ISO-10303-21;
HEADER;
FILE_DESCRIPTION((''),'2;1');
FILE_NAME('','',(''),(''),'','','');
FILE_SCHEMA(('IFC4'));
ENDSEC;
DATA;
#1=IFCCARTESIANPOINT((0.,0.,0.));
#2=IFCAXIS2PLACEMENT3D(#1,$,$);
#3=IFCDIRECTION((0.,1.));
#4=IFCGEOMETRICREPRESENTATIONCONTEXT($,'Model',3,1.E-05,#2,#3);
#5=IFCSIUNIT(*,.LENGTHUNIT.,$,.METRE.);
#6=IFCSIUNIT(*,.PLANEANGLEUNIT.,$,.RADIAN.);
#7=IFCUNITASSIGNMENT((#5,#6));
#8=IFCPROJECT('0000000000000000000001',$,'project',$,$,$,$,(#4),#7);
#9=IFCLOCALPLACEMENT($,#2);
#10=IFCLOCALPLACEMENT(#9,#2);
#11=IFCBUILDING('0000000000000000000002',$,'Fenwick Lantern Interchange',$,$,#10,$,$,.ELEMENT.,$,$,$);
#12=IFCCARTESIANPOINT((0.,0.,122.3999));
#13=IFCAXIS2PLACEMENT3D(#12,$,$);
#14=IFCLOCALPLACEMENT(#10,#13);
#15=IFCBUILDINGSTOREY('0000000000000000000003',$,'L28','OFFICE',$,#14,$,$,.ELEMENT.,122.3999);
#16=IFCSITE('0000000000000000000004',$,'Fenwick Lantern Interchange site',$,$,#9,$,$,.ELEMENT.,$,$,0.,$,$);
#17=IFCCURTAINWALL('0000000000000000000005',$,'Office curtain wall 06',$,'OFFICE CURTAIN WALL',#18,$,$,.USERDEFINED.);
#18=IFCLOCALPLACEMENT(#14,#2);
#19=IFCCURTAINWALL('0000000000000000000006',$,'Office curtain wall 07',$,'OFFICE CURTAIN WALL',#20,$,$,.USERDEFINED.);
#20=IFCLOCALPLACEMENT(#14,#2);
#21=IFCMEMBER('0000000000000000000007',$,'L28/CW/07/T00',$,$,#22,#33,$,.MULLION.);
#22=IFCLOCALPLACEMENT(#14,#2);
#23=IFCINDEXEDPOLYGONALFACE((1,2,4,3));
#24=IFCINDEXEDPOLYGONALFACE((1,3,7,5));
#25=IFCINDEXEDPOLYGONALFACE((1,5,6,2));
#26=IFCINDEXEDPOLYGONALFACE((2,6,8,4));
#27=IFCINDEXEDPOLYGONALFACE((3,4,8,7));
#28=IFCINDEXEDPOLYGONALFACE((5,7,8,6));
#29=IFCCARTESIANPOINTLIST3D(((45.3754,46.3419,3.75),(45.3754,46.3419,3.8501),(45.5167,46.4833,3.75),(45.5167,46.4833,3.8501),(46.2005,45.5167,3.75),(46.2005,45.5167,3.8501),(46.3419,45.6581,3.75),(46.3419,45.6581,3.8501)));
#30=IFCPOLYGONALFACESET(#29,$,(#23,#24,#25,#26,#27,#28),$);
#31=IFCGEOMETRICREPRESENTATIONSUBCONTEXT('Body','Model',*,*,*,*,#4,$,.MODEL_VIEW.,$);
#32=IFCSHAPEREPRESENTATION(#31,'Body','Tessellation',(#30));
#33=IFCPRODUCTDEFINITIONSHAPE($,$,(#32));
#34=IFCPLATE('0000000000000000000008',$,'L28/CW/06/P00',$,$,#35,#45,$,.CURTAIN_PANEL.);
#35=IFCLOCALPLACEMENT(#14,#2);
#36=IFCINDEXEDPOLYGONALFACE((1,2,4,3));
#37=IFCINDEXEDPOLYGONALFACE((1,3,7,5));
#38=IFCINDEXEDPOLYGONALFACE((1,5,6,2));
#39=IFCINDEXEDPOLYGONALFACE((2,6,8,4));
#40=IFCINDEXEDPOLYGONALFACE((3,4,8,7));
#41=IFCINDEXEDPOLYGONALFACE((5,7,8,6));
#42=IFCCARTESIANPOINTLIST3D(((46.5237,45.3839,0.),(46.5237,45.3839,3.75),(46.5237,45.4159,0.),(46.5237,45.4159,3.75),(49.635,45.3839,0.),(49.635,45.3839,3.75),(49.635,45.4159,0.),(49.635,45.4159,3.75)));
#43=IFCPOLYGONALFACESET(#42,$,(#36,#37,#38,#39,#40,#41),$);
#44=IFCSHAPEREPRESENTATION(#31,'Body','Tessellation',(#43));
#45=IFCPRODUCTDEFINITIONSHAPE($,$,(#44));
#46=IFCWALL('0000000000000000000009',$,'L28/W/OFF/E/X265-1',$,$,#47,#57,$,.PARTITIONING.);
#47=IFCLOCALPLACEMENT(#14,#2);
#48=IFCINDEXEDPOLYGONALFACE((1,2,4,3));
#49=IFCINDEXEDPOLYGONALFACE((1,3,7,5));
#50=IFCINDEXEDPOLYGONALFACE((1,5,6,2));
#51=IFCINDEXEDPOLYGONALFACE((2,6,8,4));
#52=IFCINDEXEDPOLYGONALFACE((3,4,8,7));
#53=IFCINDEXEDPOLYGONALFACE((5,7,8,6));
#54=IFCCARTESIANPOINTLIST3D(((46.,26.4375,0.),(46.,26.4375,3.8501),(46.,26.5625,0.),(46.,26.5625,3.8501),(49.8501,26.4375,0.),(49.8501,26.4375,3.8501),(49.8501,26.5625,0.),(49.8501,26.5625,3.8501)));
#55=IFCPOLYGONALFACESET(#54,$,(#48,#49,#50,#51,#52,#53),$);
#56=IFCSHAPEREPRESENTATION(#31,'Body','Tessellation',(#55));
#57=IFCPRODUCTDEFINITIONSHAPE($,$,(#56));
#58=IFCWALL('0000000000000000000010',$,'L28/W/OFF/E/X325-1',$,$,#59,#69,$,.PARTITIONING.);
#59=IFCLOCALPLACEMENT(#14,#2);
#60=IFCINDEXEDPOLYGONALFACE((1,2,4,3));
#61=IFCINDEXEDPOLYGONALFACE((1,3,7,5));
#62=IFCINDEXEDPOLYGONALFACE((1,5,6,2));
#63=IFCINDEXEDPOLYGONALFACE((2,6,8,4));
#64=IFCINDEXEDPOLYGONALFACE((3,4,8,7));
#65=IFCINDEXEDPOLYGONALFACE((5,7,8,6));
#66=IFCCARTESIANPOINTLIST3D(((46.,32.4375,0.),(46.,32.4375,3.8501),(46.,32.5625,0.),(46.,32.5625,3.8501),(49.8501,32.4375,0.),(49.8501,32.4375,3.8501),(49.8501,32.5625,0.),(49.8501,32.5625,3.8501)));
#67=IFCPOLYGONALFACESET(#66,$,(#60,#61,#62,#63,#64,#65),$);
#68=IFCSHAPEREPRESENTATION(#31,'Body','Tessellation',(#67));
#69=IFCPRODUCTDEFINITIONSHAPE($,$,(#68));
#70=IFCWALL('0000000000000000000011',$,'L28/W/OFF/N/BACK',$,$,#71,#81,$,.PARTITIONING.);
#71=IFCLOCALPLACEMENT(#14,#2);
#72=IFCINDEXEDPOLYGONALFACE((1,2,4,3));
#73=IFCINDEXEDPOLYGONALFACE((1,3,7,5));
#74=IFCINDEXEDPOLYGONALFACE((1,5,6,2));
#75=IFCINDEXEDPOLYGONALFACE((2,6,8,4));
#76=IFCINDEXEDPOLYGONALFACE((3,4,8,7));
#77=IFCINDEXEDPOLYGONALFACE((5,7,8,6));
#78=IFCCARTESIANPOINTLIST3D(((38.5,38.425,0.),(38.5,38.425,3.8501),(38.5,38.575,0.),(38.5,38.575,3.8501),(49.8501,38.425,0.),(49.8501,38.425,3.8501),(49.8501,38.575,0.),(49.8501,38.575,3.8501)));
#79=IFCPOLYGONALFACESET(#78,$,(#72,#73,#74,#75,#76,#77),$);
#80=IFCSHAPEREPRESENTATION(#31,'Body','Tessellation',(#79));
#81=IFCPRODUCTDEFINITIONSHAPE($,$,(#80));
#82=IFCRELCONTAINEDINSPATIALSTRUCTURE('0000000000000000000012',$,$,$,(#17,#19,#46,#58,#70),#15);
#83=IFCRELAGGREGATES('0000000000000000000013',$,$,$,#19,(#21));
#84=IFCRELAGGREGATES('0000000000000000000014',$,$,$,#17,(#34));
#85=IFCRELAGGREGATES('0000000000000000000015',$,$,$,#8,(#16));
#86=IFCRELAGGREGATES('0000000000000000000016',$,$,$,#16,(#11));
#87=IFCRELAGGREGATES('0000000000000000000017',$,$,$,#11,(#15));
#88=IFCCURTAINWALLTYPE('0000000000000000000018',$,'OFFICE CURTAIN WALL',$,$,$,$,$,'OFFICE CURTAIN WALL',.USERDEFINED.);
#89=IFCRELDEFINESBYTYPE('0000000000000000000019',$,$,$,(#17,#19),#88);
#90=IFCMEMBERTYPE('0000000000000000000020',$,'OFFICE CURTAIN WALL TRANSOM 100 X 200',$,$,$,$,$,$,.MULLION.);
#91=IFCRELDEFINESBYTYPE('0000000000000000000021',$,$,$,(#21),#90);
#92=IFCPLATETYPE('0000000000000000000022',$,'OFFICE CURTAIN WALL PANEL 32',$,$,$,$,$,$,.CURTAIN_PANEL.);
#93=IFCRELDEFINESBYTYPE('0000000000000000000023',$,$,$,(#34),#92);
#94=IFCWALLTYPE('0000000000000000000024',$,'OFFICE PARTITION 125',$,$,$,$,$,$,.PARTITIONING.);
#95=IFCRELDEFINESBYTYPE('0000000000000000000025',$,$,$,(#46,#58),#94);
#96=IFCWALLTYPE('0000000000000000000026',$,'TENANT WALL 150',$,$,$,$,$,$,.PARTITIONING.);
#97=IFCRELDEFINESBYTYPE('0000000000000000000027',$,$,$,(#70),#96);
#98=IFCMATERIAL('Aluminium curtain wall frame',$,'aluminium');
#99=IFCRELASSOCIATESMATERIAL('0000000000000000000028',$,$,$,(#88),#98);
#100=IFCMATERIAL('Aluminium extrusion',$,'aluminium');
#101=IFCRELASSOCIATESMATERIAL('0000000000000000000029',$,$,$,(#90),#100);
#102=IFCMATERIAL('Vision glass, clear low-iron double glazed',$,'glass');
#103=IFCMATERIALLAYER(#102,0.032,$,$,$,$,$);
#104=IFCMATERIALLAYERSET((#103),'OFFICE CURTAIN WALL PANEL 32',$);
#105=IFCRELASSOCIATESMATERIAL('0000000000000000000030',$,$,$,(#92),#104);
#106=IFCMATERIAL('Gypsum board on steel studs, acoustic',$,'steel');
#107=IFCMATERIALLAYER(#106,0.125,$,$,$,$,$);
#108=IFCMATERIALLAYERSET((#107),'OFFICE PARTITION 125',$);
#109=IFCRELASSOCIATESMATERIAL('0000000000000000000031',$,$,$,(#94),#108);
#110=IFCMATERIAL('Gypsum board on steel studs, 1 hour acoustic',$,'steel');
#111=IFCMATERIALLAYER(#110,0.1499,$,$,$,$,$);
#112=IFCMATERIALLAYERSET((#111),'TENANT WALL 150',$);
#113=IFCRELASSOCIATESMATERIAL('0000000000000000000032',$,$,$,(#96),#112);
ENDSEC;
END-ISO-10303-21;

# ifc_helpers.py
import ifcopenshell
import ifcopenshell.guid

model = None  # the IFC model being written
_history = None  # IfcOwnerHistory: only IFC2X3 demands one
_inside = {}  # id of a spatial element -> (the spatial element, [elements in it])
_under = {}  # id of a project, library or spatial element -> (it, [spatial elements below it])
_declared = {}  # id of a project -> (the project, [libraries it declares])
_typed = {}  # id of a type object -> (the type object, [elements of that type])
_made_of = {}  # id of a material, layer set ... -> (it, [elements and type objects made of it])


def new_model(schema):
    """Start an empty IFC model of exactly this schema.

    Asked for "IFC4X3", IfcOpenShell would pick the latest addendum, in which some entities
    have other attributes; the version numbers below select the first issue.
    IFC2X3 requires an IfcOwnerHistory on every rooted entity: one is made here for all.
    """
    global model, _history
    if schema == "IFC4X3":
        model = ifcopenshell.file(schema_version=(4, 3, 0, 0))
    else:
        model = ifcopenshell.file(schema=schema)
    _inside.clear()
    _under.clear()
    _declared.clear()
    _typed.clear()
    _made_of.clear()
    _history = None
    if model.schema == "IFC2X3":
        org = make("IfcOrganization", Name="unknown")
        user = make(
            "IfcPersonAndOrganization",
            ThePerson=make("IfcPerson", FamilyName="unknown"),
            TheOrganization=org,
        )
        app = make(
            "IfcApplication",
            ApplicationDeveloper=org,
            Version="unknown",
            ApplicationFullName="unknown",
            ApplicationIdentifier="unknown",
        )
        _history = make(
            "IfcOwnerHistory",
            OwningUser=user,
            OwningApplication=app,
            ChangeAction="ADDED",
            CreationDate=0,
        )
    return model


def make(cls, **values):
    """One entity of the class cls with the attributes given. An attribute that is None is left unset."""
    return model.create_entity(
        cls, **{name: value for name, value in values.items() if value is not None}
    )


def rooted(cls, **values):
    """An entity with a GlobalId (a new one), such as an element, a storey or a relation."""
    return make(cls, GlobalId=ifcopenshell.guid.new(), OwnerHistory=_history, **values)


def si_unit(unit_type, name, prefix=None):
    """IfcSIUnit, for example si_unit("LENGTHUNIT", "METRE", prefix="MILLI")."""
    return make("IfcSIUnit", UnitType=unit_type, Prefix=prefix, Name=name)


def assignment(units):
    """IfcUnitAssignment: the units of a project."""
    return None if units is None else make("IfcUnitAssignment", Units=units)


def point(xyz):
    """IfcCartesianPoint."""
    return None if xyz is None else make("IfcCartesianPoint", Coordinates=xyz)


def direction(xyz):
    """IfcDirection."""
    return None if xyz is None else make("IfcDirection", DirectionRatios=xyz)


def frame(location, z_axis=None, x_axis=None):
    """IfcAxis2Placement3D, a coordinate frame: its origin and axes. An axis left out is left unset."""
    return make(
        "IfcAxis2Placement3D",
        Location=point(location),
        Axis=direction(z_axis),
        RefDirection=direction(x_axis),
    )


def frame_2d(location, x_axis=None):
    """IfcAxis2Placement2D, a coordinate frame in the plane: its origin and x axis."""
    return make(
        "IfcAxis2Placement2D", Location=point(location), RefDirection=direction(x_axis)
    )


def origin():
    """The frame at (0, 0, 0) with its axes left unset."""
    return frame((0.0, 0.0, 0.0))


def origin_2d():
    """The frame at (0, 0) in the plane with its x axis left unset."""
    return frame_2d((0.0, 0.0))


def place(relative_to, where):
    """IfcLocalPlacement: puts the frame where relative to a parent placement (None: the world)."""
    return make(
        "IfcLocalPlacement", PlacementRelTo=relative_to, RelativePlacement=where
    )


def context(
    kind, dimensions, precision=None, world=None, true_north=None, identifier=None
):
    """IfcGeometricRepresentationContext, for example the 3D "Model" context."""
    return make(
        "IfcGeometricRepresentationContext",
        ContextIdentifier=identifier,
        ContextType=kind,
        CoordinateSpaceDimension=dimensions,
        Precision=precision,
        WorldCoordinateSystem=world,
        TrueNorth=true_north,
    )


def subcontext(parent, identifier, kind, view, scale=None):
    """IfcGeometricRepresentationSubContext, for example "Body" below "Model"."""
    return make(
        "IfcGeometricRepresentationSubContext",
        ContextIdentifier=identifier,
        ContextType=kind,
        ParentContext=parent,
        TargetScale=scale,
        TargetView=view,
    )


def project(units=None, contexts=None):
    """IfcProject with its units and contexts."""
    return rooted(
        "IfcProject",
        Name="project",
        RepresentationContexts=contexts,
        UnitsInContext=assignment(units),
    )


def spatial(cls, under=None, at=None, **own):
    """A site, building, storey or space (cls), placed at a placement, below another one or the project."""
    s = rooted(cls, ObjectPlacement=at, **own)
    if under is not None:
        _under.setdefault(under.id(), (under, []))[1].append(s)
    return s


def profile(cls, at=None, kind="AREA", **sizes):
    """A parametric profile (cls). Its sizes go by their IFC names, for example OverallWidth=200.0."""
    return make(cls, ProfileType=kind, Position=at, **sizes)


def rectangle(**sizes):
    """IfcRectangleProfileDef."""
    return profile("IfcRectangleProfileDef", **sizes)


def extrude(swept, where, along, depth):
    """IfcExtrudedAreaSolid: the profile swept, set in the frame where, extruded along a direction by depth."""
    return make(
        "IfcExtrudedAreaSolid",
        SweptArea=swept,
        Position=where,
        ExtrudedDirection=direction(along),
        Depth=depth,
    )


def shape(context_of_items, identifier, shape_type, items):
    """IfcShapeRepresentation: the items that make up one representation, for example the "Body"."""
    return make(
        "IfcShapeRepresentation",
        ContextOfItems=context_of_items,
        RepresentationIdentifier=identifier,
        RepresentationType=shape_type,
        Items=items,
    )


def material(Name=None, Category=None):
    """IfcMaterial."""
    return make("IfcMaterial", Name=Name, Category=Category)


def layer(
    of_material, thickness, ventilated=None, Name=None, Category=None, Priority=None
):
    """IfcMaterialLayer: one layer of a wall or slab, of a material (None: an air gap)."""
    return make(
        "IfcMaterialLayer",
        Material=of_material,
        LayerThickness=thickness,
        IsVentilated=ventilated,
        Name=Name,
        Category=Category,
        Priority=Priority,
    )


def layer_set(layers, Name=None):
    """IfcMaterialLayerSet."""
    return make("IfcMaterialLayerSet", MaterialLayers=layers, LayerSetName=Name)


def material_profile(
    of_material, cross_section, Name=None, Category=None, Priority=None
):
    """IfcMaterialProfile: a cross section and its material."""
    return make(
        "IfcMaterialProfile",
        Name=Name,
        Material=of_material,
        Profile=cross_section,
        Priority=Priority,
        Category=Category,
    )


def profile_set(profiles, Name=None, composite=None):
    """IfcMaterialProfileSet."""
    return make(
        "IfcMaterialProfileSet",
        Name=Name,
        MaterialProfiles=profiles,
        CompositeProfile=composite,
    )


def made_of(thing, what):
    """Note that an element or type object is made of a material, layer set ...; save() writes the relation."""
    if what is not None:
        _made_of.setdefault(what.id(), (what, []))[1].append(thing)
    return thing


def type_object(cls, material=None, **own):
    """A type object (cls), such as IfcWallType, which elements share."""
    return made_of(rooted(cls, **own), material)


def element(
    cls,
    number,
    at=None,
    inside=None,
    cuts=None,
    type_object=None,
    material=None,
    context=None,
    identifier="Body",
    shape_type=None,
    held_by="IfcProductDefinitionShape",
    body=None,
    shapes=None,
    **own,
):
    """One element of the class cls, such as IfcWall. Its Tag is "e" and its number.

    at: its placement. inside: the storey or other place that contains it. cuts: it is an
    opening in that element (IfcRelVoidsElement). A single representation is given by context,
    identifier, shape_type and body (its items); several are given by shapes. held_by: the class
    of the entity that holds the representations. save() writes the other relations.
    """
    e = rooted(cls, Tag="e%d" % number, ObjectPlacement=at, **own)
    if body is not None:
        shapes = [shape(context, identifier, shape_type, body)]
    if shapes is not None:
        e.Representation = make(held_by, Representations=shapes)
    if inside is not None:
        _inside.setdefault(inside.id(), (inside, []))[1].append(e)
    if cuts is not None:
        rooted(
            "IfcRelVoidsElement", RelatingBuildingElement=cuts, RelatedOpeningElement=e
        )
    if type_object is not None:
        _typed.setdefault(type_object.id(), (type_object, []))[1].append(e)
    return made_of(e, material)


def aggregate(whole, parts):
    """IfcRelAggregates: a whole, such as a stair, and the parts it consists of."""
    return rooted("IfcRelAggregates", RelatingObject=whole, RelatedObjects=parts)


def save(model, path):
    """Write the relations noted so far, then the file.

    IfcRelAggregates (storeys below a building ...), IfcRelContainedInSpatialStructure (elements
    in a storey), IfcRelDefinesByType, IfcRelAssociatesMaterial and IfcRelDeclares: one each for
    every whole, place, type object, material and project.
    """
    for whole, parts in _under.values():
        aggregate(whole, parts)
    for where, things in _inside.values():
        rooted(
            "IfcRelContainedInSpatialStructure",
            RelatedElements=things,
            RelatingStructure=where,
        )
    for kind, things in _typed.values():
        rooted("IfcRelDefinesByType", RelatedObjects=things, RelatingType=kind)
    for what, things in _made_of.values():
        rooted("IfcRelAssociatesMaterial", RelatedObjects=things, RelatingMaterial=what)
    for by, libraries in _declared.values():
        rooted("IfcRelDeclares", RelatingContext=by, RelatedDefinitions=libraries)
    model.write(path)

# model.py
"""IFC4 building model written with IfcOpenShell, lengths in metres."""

from ifc_helpers import new_model, si_unit, direction, frame, frame_2d, origin, origin_2d, place, context, subcontext, project, spatial, rectangle, extrude, material, layer, layer_set, material_profile, profile_set, type_object, element, aggregate, save


model = new_model("IFC4")

# Units and contexts
model_context = context("Model", 3, precision=1e-05, world=origin(), true_north=direction((0.0, 1.0)))
body_context = subcontext(model_context, "Body", "Model", "MODEL_VIEW")
ifc_project = project(units=[si_unit("LENGTHUNIT", "METRE"), si_unit("PLANEANGLEUNIT", "RADIAN")], contexts=[model_context])

# Site, building, storey
site_placement = place(None, origin())
site = spatial("IfcSite", under=ifc_project, at=site_placement, Name="Fenwick Lantern Interchange site", CompositionType="ELEMENT", RefElevation=0.0)
building_placement = place(site_placement, origin())
building = spatial("IfcBuilding", under=site, at=building_placement, Name="Fenwick Lantern Interchange", CompositionType="ELEMENT")
storey_placement = place(building_placement, frame((0.0, 0.0, 122.3999)))
storey = spatial("IfcBuildingStorey", under=building, at=storey_placement, Name="L28", Description="OFFICE", CompositionType="ELEMENT", Elevation=122.3999)

# Curtain wall
ifc_material_1 = material(Name="Aluminium curtain wall frame", Category="aluminium")
curtain_wall_type = type_object("IfcCurtainWallType", Name="OFFICE CURTAIN WALL", ElementType="OFFICE CURTAIN WALL", PredefinedType="USERDEFINED", material=ifc_material_1)
ifc_material_2 = material(Name="Aluminium extrusion", Category="aluminium")
curtain_wall_1_placement = place(storey_placement, origin())
curtain_wall_1 = element("IfcCurtainWall", 1, at=curtain_wall_1_placement, inside=storey, type_object=curtain_wall_type, Name="Office curtain wall 06", ObjectType="OFFICE CURTAIN WALL", PredefinedType="USERDEFINED")

# Curtain wall
curtain_wall_2_placement = place(storey_placement, origin())
curtain_wall_2 = element("IfcCurtainWall", 2, at=curtain_wall_2_placement, inside=storey, type_object=curtain_wall_type, Name="Office curtain wall 07", ObjectType="OFFICE CURTAIN WALL", PredefinedType="USERDEFINED")

# Member
ifc_material_profile_1 = material_profile(ifc_material_2, rectangle(XDim=0.2, YDim=0.1001, at=origin_2d()), Name="OFFICE CURTAIN WALL TRANSOM 100 X 200")
ifc_profile_set_1 = profile_set([ifc_material_profile_1], Name="Aluminium extrusion")
member_type_1 = type_object("IfcMemberType", Name="OFFICE CURTAIN WALL TRANSOM 100 X 200", PredefinedType="MULLION", material=ifc_profile_set_1)
member_1_placement = place(storey_placement, frame((46.2712, 45.5874, 3.8), z_axis=(-0.707107, 0.707107, 0.0), x_axis=(-0.707107, -0.707107, 0.0)))
member_1 = element("IfcMember", 3, at=member_1_placement, type_object=member_type_1, Name="L28/CW/07/T00", PredefinedType="MULLION", context=body_context, shape_type="SweptSolid", body=[
    extrude(rectangle(XDim=0.2, YDim=0.1001, at=origin_2d()), origin(), (0.0, 0.0, 1.0), 1.167),
])
aggregate(curtain_wall_2, [member_1])

# Plate
ifc_material_3 = material(Name="Vision glass, clear low-iron double glazed", Category="glass")
ifc_layer_1 = layer(ifc_material_3, 0.032)
ifc_layer_set_1 = layer_set([ifc_layer_1], Name="OFFICE CURTAIN WALL PANEL 32")
plate_type = type_object("IfcPlateType", Name="OFFICE CURTAIN WALL PANEL 32", PredefinedType="CURTAIN_PANEL", material=ifc_layer_set_1)
plate_placement = place(storey_placement, frame((48.0793, 45.3999, 0.0), z_axis=(0.0, 0.0, 1.0), x_axis=(-1.0, 0.0, 0.0)))
plate = element("IfcPlate", 4, at=plate_placement, type_object=plate_type, Name="L28/CW/06/P00", PredefinedType="CURTAIN_PANEL", context=body_context, shape_type="SweptSolid", body=[
    extrude(rectangle(XDim=3.1113, YDim=0.032, at=origin_2d()), origin(), (0.0, 0.0, 1.0), 3.75),
])
aggregate(curtain_wall_1, [plate])

# Walls
ifc_material_4 = material(Name="Gypsum board on steel studs, acoustic", Category="steel")
ifc_layer_2 = layer(ifc_material_4, 0.125)
ifc_layer_set_2 = layer_set([ifc_layer_2], Name="OFFICE PARTITION 125")
wall_type_1 = type_object("IfcWallType", Name="OFFICE PARTITION 125", PredefinedType="PARTITIONING", material=ifc_layer_set_2)
for number, where, z_axis, x_axis, name in (
    (5, (49.8501, 26.5, 0.0), (0.0, 0.0, 1.0), (-1.0, 0.0, 0.0), "L28/W/OFF/E/X265-1"),
    (6, (49.8501, 32.5, 0.0), (0.0, 0.0, 1.0), (-1.0, 0.0, 0.0), "L28/W/OFF/E/X325-1"),
):
    element("IfcWall", number, at=place(storey_placement, frame(where, z_axis=z_axis, x_axis=x_axis)), inside=storey, type_object=wall_type_1, Name=name, PredefinedType="PARTITIONING", context=body_context, shape_type="SweptSolid", body=[
        extrude(rectangle(XDim=3.8501, YDim=0.125, at=frame_2d((1.925, 0.0))), origin(), (0.0, 0.0, 1.0), 3.8501),
    ])
ifc_material_5 = material(Name="Gypsum board on steel studs, 1 hour acoustic", Category="steel")
ifc_layer_3 = layer(ifc_material_5, 0.1499)
ifc_layer_set_3 = layer_set([ifc_layer_3], Name="TENANT WALL 150")
wall_type_2 = type_object("IfcWallType", Name="TENANT WALL 150", PredefinedType="PARTITIONING", material=ifc_layer_set_3)
wall_placement = place(storey_placement, frame((49.8501, 38.5, 0.0), z_axis=(0.0, 0.0, 1.0), x_axis=(-1.0, 0.0, 0.0)))
element("IfcWall", 7, at=wall_placement, inside=storey, type_object=wall_type_2, Name="L28/W/OFF/N/BACK", PredefinedType="PARTITIONING", context=body_context, shape_type="SweptSolid", body=[
    extrude(rectangle(XDim=11.3501, YDim=0.1499, at=frame_2d((5.675, 0.0))), origin(), (0.0, 0.0, 1.0), 3.8501),
])

save(model, "model.ifc")
